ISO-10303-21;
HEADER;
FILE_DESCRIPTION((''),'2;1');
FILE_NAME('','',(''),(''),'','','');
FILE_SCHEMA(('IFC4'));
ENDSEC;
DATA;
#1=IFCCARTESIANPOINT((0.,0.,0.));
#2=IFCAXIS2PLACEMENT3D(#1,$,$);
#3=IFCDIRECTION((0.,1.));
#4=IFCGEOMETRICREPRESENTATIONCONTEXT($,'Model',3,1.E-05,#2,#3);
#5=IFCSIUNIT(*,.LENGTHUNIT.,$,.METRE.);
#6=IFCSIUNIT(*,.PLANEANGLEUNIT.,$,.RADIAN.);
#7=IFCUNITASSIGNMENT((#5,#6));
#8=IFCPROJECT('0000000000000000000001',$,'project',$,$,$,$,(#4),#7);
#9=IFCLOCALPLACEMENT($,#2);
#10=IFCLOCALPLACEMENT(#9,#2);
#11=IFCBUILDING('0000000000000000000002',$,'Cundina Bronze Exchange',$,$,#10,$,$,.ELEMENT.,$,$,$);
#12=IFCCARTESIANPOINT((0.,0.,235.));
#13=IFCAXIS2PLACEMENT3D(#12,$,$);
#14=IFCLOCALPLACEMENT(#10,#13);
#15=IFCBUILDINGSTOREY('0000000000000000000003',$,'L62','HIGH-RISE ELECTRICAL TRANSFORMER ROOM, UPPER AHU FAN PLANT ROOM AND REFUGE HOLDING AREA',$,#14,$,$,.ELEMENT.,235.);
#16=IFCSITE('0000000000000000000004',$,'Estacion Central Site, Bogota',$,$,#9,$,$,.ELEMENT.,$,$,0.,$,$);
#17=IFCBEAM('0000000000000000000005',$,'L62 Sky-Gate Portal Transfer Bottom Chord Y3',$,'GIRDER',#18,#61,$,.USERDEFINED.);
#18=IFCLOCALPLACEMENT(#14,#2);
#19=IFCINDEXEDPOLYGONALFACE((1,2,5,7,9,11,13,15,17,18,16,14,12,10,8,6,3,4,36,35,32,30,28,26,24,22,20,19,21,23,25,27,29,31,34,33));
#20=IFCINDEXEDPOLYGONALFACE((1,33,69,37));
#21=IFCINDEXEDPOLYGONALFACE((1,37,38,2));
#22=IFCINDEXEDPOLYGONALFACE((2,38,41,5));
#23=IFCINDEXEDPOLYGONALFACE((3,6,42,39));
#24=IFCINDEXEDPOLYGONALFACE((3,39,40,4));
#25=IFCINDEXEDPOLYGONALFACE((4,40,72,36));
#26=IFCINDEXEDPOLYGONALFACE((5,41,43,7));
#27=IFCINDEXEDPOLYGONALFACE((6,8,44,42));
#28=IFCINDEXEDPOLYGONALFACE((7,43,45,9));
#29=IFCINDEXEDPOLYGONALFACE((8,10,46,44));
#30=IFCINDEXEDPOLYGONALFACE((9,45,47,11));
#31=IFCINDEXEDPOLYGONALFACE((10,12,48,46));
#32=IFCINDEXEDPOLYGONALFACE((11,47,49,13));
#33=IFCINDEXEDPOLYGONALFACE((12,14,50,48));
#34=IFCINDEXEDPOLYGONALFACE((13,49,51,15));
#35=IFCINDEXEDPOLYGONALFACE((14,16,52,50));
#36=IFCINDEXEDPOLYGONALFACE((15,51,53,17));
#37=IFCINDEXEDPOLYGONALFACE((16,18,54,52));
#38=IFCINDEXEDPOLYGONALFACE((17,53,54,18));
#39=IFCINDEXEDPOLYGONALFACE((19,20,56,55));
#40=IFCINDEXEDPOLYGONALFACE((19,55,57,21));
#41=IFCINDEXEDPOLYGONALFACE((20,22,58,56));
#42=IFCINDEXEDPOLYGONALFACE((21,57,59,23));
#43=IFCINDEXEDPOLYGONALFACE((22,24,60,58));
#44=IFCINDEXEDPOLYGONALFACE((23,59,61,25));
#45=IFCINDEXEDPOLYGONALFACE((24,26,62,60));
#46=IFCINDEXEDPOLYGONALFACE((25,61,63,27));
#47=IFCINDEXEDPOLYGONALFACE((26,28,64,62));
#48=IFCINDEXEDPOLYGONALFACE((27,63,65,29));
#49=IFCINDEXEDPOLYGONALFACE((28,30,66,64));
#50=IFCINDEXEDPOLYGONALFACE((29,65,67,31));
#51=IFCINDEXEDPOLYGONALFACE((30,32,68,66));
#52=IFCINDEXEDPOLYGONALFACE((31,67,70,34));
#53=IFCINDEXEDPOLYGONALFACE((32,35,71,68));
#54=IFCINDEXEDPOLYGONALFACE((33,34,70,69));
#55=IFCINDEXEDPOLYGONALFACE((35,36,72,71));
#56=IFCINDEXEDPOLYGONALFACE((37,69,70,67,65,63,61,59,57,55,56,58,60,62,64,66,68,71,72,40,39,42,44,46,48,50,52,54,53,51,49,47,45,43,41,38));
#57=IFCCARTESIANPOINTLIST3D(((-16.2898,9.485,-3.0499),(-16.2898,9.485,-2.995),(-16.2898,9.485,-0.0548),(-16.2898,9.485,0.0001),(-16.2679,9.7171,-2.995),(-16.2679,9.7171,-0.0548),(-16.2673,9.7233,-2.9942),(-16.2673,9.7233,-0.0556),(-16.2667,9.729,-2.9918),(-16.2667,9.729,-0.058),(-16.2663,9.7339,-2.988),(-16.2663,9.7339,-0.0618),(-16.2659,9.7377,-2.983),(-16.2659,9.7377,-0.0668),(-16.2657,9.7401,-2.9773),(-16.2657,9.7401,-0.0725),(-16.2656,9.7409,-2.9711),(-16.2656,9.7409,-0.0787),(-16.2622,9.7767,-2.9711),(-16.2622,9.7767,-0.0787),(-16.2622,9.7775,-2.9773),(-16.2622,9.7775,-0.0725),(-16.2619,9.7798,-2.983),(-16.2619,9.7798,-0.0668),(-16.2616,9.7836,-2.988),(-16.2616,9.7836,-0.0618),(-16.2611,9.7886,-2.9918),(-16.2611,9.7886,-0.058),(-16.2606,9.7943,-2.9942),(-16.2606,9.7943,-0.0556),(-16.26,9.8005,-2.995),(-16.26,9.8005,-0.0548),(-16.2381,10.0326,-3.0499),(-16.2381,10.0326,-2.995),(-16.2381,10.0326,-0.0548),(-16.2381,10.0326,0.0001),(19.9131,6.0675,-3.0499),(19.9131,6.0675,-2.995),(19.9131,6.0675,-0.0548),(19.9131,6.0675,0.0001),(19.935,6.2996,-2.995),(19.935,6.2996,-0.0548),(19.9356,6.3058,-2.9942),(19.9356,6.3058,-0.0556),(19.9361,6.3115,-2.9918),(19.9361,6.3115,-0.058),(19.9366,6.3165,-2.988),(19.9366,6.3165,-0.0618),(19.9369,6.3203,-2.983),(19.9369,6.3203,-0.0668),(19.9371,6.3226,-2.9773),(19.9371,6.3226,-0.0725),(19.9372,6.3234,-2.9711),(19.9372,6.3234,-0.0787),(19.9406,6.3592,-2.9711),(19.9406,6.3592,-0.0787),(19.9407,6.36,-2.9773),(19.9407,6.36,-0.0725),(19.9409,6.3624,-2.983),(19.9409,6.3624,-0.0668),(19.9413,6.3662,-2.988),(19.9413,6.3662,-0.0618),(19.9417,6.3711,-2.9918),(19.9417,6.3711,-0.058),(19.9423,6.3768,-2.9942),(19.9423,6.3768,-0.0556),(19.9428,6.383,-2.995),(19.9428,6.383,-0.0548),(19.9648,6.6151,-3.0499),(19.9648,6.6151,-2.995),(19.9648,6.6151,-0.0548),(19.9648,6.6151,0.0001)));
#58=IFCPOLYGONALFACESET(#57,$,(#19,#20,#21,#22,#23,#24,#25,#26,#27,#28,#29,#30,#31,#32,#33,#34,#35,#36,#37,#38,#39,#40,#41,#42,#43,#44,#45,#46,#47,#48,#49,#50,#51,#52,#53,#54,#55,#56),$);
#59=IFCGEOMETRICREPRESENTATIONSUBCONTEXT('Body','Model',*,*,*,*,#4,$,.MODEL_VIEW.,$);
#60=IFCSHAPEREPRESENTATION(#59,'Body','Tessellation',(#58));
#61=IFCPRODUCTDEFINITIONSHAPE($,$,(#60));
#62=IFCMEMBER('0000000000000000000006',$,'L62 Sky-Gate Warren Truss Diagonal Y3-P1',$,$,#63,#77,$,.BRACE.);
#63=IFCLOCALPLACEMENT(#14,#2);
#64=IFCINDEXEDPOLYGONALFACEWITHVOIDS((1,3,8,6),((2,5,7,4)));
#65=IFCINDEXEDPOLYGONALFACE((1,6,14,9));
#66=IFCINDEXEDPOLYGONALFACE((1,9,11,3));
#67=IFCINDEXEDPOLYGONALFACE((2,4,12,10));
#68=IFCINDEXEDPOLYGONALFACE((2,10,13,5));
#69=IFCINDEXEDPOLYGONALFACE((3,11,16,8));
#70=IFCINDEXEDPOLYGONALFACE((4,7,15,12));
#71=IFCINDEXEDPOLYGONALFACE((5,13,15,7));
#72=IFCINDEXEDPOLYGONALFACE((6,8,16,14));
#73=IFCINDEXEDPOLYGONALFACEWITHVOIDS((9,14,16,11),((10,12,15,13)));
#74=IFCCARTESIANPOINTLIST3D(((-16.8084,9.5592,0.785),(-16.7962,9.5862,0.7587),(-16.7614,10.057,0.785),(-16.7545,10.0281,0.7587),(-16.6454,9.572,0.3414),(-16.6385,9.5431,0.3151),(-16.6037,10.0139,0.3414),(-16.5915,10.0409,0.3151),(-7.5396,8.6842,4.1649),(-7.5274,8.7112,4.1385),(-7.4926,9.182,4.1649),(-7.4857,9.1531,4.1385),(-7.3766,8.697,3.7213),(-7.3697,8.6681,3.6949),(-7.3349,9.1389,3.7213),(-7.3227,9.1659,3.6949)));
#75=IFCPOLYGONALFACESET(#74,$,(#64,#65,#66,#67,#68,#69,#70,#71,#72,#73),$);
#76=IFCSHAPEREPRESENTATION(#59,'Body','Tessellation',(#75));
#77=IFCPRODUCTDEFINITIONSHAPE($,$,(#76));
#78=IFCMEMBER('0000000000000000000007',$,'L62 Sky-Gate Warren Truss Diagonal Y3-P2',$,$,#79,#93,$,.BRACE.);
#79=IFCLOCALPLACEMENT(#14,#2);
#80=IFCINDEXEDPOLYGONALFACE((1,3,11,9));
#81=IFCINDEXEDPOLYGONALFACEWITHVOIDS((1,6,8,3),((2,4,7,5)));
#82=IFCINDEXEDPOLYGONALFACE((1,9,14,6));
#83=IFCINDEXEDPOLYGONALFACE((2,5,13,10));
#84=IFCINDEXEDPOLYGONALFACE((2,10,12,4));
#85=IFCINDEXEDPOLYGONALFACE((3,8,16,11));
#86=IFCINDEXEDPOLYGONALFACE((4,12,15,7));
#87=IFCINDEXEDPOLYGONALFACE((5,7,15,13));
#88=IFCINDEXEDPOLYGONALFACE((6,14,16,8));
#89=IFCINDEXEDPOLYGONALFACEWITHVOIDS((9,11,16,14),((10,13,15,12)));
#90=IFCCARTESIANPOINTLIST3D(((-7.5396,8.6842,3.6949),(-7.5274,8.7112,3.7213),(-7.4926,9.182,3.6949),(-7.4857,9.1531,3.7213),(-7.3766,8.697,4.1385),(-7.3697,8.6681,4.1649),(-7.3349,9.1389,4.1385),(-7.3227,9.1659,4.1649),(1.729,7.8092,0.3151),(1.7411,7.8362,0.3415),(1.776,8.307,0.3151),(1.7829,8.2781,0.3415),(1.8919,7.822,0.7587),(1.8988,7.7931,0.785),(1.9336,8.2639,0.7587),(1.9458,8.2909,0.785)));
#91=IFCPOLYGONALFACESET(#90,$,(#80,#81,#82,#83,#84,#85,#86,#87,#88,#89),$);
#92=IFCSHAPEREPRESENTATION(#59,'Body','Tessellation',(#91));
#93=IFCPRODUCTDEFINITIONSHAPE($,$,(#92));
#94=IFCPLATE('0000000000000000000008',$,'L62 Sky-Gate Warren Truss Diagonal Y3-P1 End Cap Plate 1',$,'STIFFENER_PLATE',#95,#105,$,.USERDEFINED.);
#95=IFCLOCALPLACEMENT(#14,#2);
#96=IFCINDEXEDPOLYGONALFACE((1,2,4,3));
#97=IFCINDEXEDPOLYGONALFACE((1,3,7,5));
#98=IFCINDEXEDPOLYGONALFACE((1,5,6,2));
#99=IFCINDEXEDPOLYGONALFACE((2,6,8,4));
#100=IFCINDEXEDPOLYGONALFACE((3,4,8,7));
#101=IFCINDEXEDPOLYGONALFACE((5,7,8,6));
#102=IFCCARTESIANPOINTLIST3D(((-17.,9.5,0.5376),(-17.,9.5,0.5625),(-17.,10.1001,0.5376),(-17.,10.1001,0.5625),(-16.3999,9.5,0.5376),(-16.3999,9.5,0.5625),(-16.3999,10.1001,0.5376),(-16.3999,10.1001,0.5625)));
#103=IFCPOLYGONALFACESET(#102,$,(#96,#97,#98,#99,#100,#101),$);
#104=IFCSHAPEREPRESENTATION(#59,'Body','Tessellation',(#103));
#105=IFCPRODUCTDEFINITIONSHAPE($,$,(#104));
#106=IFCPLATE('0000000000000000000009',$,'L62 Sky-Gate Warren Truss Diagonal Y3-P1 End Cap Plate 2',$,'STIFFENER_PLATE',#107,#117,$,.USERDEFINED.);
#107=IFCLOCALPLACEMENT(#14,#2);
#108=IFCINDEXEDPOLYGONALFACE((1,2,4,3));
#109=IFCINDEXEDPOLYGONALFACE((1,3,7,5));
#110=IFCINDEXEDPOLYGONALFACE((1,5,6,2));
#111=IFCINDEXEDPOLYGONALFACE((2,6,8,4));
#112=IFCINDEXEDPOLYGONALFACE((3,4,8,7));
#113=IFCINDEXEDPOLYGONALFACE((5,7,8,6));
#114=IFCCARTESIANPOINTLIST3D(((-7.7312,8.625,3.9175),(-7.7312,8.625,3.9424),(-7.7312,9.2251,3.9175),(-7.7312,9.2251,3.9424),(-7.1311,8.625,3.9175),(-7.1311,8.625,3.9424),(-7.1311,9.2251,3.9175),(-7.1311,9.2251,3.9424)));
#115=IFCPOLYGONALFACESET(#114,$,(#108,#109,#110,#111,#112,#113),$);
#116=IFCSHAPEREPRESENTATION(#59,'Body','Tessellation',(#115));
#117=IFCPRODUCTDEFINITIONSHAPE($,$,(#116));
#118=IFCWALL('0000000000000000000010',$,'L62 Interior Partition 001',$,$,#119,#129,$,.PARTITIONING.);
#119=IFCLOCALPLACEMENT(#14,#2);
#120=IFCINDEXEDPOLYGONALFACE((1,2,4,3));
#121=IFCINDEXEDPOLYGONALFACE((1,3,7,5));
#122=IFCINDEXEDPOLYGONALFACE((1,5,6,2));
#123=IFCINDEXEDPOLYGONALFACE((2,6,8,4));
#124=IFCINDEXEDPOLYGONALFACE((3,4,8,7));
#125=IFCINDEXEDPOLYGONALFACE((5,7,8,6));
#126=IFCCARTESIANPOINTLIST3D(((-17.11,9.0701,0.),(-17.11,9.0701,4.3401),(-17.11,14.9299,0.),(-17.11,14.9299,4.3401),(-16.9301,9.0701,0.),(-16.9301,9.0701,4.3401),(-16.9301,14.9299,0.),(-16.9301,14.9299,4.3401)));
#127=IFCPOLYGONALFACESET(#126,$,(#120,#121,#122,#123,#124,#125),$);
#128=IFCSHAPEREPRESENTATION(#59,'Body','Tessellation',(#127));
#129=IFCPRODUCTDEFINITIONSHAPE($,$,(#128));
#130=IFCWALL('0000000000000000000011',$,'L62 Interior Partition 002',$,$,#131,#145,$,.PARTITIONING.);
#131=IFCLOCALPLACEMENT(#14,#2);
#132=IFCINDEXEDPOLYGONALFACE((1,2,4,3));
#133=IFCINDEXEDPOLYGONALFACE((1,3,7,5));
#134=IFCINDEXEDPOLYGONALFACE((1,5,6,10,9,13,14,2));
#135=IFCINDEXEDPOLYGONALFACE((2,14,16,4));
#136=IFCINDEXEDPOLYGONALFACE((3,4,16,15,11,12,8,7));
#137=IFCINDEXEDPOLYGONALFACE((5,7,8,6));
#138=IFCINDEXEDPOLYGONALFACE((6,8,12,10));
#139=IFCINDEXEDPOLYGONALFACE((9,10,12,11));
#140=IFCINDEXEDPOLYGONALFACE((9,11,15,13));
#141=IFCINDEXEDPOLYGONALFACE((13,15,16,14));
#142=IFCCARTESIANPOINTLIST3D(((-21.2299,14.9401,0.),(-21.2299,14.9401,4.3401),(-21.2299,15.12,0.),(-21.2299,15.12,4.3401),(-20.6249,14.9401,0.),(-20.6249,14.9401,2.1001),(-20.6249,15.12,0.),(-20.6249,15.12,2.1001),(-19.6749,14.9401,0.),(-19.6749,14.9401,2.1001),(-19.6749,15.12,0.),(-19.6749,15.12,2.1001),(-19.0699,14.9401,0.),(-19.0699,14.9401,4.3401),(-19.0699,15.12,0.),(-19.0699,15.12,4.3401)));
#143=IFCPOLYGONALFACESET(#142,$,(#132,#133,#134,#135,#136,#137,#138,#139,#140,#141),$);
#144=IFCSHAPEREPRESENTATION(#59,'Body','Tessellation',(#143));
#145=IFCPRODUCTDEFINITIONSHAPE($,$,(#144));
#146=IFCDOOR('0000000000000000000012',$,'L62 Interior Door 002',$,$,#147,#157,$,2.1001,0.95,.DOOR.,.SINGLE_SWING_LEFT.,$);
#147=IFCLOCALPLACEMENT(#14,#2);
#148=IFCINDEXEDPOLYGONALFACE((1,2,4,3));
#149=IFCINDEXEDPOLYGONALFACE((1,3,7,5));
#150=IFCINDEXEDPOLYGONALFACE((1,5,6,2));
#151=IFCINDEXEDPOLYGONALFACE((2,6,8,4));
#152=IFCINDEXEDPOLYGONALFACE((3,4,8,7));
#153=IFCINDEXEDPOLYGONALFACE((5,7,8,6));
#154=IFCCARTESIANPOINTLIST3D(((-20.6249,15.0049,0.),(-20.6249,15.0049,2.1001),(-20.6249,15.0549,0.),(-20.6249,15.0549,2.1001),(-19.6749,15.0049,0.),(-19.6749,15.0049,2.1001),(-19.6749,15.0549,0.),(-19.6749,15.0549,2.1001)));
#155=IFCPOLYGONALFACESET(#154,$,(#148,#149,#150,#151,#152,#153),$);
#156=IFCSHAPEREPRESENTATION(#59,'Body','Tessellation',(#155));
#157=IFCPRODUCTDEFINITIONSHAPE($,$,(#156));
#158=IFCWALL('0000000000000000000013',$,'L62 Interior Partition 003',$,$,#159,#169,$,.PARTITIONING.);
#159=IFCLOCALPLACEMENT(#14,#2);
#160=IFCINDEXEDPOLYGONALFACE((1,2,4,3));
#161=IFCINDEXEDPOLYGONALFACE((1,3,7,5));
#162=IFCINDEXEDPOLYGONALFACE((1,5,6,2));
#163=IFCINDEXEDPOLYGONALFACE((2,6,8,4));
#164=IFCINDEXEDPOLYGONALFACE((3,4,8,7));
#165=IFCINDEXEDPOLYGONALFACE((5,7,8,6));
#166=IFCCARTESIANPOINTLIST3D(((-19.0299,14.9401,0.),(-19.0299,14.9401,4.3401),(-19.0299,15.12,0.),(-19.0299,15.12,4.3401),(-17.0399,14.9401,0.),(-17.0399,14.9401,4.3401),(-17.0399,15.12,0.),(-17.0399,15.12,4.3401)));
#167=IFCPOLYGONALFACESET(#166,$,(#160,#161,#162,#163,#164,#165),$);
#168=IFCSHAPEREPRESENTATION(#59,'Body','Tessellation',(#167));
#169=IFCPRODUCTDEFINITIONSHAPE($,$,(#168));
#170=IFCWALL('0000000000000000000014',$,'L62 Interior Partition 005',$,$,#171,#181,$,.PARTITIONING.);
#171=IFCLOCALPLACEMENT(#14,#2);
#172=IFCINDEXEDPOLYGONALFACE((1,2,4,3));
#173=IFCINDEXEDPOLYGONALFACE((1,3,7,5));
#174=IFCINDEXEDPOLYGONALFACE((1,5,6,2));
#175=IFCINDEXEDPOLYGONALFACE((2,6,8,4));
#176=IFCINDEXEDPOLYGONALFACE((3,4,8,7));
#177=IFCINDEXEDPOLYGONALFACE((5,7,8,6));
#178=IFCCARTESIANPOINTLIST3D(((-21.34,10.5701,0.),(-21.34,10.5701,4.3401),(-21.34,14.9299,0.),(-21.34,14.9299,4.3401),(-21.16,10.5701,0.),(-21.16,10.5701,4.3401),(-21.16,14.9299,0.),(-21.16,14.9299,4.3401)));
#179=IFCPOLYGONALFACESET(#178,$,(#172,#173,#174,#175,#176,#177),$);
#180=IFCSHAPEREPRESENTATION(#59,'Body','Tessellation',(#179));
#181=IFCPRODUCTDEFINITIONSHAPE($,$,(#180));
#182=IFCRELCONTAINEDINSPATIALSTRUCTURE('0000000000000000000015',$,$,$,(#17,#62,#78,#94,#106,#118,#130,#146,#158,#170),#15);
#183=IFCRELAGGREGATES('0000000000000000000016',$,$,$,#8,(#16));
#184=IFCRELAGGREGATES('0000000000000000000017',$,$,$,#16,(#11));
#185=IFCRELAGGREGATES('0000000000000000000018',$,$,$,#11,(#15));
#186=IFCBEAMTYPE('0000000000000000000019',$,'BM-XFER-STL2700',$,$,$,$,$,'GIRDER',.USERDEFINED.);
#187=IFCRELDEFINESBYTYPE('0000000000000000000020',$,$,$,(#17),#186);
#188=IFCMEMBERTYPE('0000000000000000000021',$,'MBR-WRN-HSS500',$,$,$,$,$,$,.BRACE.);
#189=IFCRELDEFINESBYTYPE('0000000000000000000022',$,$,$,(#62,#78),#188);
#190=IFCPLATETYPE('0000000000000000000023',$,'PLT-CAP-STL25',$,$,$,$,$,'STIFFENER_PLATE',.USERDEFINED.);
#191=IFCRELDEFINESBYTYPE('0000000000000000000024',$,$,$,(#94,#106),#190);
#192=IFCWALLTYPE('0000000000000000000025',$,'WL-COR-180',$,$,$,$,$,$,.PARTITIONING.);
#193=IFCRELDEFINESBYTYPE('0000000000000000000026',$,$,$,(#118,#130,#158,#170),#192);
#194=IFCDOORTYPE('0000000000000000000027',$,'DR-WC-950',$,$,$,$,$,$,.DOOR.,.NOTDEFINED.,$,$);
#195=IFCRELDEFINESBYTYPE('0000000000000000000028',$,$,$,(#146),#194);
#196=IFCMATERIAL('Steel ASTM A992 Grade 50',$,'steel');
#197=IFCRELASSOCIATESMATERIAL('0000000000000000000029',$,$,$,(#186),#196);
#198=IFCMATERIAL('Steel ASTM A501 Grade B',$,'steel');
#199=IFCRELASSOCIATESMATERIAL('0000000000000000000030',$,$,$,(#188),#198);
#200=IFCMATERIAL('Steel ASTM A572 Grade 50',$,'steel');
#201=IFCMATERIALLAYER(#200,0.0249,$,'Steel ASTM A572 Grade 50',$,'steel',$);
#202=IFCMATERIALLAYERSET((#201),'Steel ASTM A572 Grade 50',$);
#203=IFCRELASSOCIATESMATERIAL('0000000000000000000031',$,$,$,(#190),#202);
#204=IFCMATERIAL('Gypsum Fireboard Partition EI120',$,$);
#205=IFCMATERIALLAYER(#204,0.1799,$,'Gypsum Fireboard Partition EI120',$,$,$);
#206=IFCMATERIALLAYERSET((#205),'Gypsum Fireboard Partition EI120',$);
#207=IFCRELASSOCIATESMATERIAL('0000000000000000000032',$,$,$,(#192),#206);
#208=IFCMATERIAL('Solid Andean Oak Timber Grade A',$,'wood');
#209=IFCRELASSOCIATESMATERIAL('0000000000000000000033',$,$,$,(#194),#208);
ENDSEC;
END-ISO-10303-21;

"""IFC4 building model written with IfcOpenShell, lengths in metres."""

from ifc_helpers import new_model, si_unit, direction, frame, frame_2d, origin, origin_2d, place, context, subcontext, project, spatial, rectangle, hollow_rectangle, i_section, extrude, material, layer, layer_set, material_profile, profile_set, type_object, element, fill, save


model = new_model("IFC4")

# Units and contexts
model_context = context("Model", 3, precision=1e-05, world=origin(), true_north=direction((0.0, 1.0)))
body_context = subcontext(model_context, "Body", "Model", "MODEL_VIEW")
ifc_project = project(units=[si_unit("LENGTHUNIT", "METRE"), si_unit("PLANEANGLEUNIT", "RADIAN")], contexts=[model_context])

# Site, building, storey
site_placement = place(None, origin())
site = spatial("IfcSite", under=ifc_project, at=site_placement, Name="Estacion Central Site, Bogota", CompositionType="ELEMENT", RefElevation=0.0)
building_placement = place(site_placement, origin())
building = spatial("IfcBuilding", under=site, at=building_placement, Name="Cundina Bronze Exchange", CompositionType="ELEMENT")
storey_placement = place(building_placement, frame((0.0, 0.0, 235.0)))
storey = spatial("IfcBuildingStorey", under=building, at=storey_placement, Name="L62", Description="HIGH-RISE ELECTRICAL TRANSFORMER ROOM, UPPER AHU FAN PLANT ROOM AND REFUGE HOLDING AREA", CompositionType="ELEMENT", Elevation=235.0)

# Shared definitions
ifc_material_1 = material(Name="Steel ASTM A992 Grade 50", Category="steel")

# Beam
ifc_material_profile_1 = material_profile(ifc_material_1, i_section(OverallWidth=0.55, OverallDepth=3.05, WebThickness=0.0359, FlangeThickness=0.0549, FilletRadius=0.0239, at=origin_2d()), Name="W106X750", Category="steel")
ifc_profile_set_1 = profile_set([ifc_material_profile_1], Name="Steel ASTM A992 Grade 50")
beam_type_1 = type_object("IfcBeamType", Name="BM-XFER-STL2700", ElementType="GIRDER", PredefinedType="USERDEFINED", material=ifc_profile_set_1)
beam_1_placement = place(storey_placement, frame((-16.2639, 9.7588, -1.5249), z_axis=(0.995574, -0.09398, 0.0), x_axis=(0.09398, 0.995574, 0.0)))
element("IfcBeam", 1, at=beam_1_placement, inside=storey, type_object=beam_type_1, Name="L62 Sky-Gate Portal Transfer Bottom Chord Y3", ObjectType="GIRDER", PredefinedType="USERDEFINED", context=body_context, shape_type="SweptSolid", body=[
    extrude(i_section(OverallWidth=0.55, OverallDepth=3.05, WebThickness=0.0359, FlangeThickness=0.0549, FilletRadius=0.0239, at=origin_2d()), origin(), (0.0, 0.0, 1.0), 36.3638),
])

# Members
ifc_material_2 = material(Name="Steel ASTM A501 Grade B", Category="steel")
ifc_material_profile_2 = material_profile(ifc_material_2, hollow_rectangle(XDim=0.5, YDim=0.5, WallThickness=0.0281, at=origin_2d()), Name="HSS500X500X28", Category="steel")
ifc_profile_set_2 = profile_set([ifc_material_profile_2], Name="Steel ASTM A501 Grade B")
member_type = type_object("IfcMemberType", Name="MBR-WRN-HSS500", PredefinedType="BRACE", material=ifc_profile_set_2)
member_1_placement = place(storey_placement, frame((-16.7, 9.8, 0.55), z_axis=(0.935813, -0.088343, 0.341246), x_axis=(0.093985, 0.995574, 0.0)))
element("IfcMember", 2, at=member_1_placement, inside=storey, type_object=member_type, Name="L62 Sky-Gate Warren Truss Diagonal Y3-P1", PredefinedType="BRACE", context=body_context, shape_type="SweptSolid", body=[
    extrude(hollow_rectangle(XDim=0.5, YDim=0.5, WallThickness=0.0281, at=origin_2d()), origin(), (0.0, 0.0, 1.0), 9.9045),
])
member_2_placement = place(storey_placement, frame((-7.4312, 8.925, 3.9299), z_axis=(0.93581, -0.088345, -0.341254), x_axis=(0.093987, 0.995573, 0.0)))
element("IfcMember", 3, at=member_2_placement, inside=storey, type_object=member_type, Name="L62 Sky-Gate Warren Truss Diagonal Y3-P2", PredefinedType="BRACE", context=body_context, shape_type="SweptSolid", body=[
    extrude(hollow_rectangle(XDim=0.5, YDim=0.5, WallThickness=0.0281, at=origin_2d()), origin(), (0.0, 0.0, 1.0), 9.9043),
])

# Plates
ifc_material_3 = material(Name="Steel ASTM A572 Grade 50", Category="steel")
ifc_layer_1 = layer(ifc_material_3, 0.0249, Name="Steel ASTM A572 Grade 50", Category="steel")
ifc_layer_set_1 = layer_set([ifc_layer_1], Name="Steel ASTM A572 Grade 50")
plate_type = type_object("IfcPlateType", Name="PLT-CAP-STL25", ElementType="STIFFENER_PLATE", PredefinedType="USERDEFINED", material=ifc_layer_set_1)
for number, where, z_axis, x_axis, name in (
    (4, (-16.7, 9.8, 0.5376), (0.0, 0.0, 1.0), (1.0, 0.0, 0.0), "L62 Sky-Gate Warren Truss Diagonal Y3-P1 End Cap Plate 1"),
    (5, (-7.4312, 8.925, 3.9175), (0.0, 0.0, 1.0), (1.0, 0.0, 0.0), "L62 Sky-Gate Warren Truss Diagonal Y3-P1 End Cap Plate 2"),
):
    element("IfcPlate", number, at=place(storey_placement, frame(where, z_axis=z_axis, x_axis=x_axis)), inside=storey, type_object=plate_type, Name=name, ObjectType="STIFFENER_PLATE", PredefinedType="USERDEFINED", context=body_context, shape_type="SweptSolid", body=[
        extrude(rectangle(XDim=0.6001, YDim=0.6001, at=origin_2d()), origin(), (0.0, 0.0, 1.0), 0.0249),
    ])

# Wall
ifc_material_4 = material(Name="Gypsum Fireboard Partition EI120")
ifc_layer_2 = layer(ifc_material_4, 0.1799, Name="Gypsum Fireboard Partition EI120")
ifc_layer_set_2 = layer_set([ifc_layer_2], Name="Gypsum Fireboard Partition EI120")
wall_type_1 = type_object("IfcWallType", Name="WL-COR-180", PredefinedType="PARTITIONING", material=ifc_layer_set_2)
wall_1_placement = place(storey_placement, frame((-17.02, 9.0701, 0.0), z_axis=(0.0, 0.0, 1.0), x_axis=(0.0, 1.0, 0.0)))
element("IfcWall", 6, at=wall_1_placement, inside=storey, type_object=wall_type_1, Name="L62 Interior Partition 001", PredefinedType="PARTITIONING", context=body_context, shape_type="SweptSolid", body=[
    extrude(rectangle(XDim=5.8599, YDim=0.1799, at=frame_2d((2.9299, 0.0))), origin(), (0.0, 0.0, 1.0), 4.3401),
])

# Wall, opening, door
wall_2_placement = place(storey_placement, frame((-21.23, 15.03, 0.0), z_axis=(0.0, 0.0, 1.0), x_axis=(1.0, 0.0, 0.0)))
wall_2 = element("IfcWall", 7, at=wall_2_placement, inside=storey, type_object=wall_type_1, Name="L62 Interior Partition 002", PredefinedType="PARTITIONING", context=body_context, shape_type="SweptSolid", body=[
    extrude(rectangle(XDim=2.1599, YDim=0.1799, at=frame_2d((1.0801, 0.0))), origin(), (0.0, 0.0, 1.0), 4.3401),
])
opening_1_placement = place(wall_2_placement, frame((0.605, 0.0, 0.0)))
opening_1 = element("IfcOpeningElement", 8, at=opening_1_placement, cuts=wall_2, PredefinedType="OPENING", context=body_context, shape_type="SweptSolid", body=[
    extrude(rectangle(XDim=0.95, YDim=2.1001, at=frame_2d((0.4751, 1.05))), frame((0.0, 0.0999, 0.0), z_axis=(0.0, -1.0, 0.0), x_axis=(1.0, 0.0, 0.0)), (0.0, 0.0, 1.0), 0.2),
])
ifc_material_5 = material(Name="Solid Andean Oak Timber Grade A", Category="wood")
door_type_1 = type_object("IfcDoorType", Name="DR-WC-950", OperationType="NOTDEFINED", PredefinedType="DOOR", material=ifc_material_5)
door_1_placement = place(opening_1_placement, origin())
door_1 = element("IfcDoor", 9, at=door_1_placement, inside=storey, type_object=door_type_1, Name="L62 Interior Door 002", OperationType="SINGLE_SWING_LEFT", OverallHeight=2.1001, OverallWidth=0.95, PredefinedType="DOOR", context=body_context, shape_type="SweptSolid", body=[
    extrude(rectangle(XDim=0.95, YDim=2.1001, at=frame_2d((0.4751, 1.05))), frame((0.0, 0.0249, 0.0), z_axis=(0.0, -1.0, 0.0), x_axis=(1.0, 0.0, 0.0)), (0.0, 0.0, 1.0), 0.05),
])
fill(opening_1, door_1)

# Walls
wall_3_placement = place(storey_placement, frame((-19.03, 15.03, 0.0), z_axis=(0.0, 0.0, 1.0), x_axis=(1.0, 0.0, 0.0)))
element("IfcWall", 10, at=wall_3_placement, inside=storey, type_object=wall_type_1, Name="L62 Interior Partition 003", PredefinedType="PARTITIONING", context=body_context, shape_type="SweptSolid", body=[
    extrude(rectangle(XDim=1.99, YDim=0.1799, at=frame_2d((0.9951, 0.0))), origin(), (0.0, 0.0, 1.0), 4.3401),
])
wall_4_placement = place(storey_placement, frame((-21.25, 10.5701, 0.0), z_axis=(0.0, 0.0, 1.0), x_axis=(0.0, 1.0, 0.0)))
element("IfcWall", 11, at=wall_4_placement, inside=storey, type_object=wall_type_1, Name="L62 Interior Partition 005", PredefinedType="PARTITIONING", context=body_context, shape_type="SweptSolid", body=[
    extrude(rectangle(XDim=4.3599, YDim=0.1799, at=frame_2d((2.1799, 0.0))), origin(), (0.0, 0.0, 1.0), 4.3401),
])

save(model, "model.ifc")
